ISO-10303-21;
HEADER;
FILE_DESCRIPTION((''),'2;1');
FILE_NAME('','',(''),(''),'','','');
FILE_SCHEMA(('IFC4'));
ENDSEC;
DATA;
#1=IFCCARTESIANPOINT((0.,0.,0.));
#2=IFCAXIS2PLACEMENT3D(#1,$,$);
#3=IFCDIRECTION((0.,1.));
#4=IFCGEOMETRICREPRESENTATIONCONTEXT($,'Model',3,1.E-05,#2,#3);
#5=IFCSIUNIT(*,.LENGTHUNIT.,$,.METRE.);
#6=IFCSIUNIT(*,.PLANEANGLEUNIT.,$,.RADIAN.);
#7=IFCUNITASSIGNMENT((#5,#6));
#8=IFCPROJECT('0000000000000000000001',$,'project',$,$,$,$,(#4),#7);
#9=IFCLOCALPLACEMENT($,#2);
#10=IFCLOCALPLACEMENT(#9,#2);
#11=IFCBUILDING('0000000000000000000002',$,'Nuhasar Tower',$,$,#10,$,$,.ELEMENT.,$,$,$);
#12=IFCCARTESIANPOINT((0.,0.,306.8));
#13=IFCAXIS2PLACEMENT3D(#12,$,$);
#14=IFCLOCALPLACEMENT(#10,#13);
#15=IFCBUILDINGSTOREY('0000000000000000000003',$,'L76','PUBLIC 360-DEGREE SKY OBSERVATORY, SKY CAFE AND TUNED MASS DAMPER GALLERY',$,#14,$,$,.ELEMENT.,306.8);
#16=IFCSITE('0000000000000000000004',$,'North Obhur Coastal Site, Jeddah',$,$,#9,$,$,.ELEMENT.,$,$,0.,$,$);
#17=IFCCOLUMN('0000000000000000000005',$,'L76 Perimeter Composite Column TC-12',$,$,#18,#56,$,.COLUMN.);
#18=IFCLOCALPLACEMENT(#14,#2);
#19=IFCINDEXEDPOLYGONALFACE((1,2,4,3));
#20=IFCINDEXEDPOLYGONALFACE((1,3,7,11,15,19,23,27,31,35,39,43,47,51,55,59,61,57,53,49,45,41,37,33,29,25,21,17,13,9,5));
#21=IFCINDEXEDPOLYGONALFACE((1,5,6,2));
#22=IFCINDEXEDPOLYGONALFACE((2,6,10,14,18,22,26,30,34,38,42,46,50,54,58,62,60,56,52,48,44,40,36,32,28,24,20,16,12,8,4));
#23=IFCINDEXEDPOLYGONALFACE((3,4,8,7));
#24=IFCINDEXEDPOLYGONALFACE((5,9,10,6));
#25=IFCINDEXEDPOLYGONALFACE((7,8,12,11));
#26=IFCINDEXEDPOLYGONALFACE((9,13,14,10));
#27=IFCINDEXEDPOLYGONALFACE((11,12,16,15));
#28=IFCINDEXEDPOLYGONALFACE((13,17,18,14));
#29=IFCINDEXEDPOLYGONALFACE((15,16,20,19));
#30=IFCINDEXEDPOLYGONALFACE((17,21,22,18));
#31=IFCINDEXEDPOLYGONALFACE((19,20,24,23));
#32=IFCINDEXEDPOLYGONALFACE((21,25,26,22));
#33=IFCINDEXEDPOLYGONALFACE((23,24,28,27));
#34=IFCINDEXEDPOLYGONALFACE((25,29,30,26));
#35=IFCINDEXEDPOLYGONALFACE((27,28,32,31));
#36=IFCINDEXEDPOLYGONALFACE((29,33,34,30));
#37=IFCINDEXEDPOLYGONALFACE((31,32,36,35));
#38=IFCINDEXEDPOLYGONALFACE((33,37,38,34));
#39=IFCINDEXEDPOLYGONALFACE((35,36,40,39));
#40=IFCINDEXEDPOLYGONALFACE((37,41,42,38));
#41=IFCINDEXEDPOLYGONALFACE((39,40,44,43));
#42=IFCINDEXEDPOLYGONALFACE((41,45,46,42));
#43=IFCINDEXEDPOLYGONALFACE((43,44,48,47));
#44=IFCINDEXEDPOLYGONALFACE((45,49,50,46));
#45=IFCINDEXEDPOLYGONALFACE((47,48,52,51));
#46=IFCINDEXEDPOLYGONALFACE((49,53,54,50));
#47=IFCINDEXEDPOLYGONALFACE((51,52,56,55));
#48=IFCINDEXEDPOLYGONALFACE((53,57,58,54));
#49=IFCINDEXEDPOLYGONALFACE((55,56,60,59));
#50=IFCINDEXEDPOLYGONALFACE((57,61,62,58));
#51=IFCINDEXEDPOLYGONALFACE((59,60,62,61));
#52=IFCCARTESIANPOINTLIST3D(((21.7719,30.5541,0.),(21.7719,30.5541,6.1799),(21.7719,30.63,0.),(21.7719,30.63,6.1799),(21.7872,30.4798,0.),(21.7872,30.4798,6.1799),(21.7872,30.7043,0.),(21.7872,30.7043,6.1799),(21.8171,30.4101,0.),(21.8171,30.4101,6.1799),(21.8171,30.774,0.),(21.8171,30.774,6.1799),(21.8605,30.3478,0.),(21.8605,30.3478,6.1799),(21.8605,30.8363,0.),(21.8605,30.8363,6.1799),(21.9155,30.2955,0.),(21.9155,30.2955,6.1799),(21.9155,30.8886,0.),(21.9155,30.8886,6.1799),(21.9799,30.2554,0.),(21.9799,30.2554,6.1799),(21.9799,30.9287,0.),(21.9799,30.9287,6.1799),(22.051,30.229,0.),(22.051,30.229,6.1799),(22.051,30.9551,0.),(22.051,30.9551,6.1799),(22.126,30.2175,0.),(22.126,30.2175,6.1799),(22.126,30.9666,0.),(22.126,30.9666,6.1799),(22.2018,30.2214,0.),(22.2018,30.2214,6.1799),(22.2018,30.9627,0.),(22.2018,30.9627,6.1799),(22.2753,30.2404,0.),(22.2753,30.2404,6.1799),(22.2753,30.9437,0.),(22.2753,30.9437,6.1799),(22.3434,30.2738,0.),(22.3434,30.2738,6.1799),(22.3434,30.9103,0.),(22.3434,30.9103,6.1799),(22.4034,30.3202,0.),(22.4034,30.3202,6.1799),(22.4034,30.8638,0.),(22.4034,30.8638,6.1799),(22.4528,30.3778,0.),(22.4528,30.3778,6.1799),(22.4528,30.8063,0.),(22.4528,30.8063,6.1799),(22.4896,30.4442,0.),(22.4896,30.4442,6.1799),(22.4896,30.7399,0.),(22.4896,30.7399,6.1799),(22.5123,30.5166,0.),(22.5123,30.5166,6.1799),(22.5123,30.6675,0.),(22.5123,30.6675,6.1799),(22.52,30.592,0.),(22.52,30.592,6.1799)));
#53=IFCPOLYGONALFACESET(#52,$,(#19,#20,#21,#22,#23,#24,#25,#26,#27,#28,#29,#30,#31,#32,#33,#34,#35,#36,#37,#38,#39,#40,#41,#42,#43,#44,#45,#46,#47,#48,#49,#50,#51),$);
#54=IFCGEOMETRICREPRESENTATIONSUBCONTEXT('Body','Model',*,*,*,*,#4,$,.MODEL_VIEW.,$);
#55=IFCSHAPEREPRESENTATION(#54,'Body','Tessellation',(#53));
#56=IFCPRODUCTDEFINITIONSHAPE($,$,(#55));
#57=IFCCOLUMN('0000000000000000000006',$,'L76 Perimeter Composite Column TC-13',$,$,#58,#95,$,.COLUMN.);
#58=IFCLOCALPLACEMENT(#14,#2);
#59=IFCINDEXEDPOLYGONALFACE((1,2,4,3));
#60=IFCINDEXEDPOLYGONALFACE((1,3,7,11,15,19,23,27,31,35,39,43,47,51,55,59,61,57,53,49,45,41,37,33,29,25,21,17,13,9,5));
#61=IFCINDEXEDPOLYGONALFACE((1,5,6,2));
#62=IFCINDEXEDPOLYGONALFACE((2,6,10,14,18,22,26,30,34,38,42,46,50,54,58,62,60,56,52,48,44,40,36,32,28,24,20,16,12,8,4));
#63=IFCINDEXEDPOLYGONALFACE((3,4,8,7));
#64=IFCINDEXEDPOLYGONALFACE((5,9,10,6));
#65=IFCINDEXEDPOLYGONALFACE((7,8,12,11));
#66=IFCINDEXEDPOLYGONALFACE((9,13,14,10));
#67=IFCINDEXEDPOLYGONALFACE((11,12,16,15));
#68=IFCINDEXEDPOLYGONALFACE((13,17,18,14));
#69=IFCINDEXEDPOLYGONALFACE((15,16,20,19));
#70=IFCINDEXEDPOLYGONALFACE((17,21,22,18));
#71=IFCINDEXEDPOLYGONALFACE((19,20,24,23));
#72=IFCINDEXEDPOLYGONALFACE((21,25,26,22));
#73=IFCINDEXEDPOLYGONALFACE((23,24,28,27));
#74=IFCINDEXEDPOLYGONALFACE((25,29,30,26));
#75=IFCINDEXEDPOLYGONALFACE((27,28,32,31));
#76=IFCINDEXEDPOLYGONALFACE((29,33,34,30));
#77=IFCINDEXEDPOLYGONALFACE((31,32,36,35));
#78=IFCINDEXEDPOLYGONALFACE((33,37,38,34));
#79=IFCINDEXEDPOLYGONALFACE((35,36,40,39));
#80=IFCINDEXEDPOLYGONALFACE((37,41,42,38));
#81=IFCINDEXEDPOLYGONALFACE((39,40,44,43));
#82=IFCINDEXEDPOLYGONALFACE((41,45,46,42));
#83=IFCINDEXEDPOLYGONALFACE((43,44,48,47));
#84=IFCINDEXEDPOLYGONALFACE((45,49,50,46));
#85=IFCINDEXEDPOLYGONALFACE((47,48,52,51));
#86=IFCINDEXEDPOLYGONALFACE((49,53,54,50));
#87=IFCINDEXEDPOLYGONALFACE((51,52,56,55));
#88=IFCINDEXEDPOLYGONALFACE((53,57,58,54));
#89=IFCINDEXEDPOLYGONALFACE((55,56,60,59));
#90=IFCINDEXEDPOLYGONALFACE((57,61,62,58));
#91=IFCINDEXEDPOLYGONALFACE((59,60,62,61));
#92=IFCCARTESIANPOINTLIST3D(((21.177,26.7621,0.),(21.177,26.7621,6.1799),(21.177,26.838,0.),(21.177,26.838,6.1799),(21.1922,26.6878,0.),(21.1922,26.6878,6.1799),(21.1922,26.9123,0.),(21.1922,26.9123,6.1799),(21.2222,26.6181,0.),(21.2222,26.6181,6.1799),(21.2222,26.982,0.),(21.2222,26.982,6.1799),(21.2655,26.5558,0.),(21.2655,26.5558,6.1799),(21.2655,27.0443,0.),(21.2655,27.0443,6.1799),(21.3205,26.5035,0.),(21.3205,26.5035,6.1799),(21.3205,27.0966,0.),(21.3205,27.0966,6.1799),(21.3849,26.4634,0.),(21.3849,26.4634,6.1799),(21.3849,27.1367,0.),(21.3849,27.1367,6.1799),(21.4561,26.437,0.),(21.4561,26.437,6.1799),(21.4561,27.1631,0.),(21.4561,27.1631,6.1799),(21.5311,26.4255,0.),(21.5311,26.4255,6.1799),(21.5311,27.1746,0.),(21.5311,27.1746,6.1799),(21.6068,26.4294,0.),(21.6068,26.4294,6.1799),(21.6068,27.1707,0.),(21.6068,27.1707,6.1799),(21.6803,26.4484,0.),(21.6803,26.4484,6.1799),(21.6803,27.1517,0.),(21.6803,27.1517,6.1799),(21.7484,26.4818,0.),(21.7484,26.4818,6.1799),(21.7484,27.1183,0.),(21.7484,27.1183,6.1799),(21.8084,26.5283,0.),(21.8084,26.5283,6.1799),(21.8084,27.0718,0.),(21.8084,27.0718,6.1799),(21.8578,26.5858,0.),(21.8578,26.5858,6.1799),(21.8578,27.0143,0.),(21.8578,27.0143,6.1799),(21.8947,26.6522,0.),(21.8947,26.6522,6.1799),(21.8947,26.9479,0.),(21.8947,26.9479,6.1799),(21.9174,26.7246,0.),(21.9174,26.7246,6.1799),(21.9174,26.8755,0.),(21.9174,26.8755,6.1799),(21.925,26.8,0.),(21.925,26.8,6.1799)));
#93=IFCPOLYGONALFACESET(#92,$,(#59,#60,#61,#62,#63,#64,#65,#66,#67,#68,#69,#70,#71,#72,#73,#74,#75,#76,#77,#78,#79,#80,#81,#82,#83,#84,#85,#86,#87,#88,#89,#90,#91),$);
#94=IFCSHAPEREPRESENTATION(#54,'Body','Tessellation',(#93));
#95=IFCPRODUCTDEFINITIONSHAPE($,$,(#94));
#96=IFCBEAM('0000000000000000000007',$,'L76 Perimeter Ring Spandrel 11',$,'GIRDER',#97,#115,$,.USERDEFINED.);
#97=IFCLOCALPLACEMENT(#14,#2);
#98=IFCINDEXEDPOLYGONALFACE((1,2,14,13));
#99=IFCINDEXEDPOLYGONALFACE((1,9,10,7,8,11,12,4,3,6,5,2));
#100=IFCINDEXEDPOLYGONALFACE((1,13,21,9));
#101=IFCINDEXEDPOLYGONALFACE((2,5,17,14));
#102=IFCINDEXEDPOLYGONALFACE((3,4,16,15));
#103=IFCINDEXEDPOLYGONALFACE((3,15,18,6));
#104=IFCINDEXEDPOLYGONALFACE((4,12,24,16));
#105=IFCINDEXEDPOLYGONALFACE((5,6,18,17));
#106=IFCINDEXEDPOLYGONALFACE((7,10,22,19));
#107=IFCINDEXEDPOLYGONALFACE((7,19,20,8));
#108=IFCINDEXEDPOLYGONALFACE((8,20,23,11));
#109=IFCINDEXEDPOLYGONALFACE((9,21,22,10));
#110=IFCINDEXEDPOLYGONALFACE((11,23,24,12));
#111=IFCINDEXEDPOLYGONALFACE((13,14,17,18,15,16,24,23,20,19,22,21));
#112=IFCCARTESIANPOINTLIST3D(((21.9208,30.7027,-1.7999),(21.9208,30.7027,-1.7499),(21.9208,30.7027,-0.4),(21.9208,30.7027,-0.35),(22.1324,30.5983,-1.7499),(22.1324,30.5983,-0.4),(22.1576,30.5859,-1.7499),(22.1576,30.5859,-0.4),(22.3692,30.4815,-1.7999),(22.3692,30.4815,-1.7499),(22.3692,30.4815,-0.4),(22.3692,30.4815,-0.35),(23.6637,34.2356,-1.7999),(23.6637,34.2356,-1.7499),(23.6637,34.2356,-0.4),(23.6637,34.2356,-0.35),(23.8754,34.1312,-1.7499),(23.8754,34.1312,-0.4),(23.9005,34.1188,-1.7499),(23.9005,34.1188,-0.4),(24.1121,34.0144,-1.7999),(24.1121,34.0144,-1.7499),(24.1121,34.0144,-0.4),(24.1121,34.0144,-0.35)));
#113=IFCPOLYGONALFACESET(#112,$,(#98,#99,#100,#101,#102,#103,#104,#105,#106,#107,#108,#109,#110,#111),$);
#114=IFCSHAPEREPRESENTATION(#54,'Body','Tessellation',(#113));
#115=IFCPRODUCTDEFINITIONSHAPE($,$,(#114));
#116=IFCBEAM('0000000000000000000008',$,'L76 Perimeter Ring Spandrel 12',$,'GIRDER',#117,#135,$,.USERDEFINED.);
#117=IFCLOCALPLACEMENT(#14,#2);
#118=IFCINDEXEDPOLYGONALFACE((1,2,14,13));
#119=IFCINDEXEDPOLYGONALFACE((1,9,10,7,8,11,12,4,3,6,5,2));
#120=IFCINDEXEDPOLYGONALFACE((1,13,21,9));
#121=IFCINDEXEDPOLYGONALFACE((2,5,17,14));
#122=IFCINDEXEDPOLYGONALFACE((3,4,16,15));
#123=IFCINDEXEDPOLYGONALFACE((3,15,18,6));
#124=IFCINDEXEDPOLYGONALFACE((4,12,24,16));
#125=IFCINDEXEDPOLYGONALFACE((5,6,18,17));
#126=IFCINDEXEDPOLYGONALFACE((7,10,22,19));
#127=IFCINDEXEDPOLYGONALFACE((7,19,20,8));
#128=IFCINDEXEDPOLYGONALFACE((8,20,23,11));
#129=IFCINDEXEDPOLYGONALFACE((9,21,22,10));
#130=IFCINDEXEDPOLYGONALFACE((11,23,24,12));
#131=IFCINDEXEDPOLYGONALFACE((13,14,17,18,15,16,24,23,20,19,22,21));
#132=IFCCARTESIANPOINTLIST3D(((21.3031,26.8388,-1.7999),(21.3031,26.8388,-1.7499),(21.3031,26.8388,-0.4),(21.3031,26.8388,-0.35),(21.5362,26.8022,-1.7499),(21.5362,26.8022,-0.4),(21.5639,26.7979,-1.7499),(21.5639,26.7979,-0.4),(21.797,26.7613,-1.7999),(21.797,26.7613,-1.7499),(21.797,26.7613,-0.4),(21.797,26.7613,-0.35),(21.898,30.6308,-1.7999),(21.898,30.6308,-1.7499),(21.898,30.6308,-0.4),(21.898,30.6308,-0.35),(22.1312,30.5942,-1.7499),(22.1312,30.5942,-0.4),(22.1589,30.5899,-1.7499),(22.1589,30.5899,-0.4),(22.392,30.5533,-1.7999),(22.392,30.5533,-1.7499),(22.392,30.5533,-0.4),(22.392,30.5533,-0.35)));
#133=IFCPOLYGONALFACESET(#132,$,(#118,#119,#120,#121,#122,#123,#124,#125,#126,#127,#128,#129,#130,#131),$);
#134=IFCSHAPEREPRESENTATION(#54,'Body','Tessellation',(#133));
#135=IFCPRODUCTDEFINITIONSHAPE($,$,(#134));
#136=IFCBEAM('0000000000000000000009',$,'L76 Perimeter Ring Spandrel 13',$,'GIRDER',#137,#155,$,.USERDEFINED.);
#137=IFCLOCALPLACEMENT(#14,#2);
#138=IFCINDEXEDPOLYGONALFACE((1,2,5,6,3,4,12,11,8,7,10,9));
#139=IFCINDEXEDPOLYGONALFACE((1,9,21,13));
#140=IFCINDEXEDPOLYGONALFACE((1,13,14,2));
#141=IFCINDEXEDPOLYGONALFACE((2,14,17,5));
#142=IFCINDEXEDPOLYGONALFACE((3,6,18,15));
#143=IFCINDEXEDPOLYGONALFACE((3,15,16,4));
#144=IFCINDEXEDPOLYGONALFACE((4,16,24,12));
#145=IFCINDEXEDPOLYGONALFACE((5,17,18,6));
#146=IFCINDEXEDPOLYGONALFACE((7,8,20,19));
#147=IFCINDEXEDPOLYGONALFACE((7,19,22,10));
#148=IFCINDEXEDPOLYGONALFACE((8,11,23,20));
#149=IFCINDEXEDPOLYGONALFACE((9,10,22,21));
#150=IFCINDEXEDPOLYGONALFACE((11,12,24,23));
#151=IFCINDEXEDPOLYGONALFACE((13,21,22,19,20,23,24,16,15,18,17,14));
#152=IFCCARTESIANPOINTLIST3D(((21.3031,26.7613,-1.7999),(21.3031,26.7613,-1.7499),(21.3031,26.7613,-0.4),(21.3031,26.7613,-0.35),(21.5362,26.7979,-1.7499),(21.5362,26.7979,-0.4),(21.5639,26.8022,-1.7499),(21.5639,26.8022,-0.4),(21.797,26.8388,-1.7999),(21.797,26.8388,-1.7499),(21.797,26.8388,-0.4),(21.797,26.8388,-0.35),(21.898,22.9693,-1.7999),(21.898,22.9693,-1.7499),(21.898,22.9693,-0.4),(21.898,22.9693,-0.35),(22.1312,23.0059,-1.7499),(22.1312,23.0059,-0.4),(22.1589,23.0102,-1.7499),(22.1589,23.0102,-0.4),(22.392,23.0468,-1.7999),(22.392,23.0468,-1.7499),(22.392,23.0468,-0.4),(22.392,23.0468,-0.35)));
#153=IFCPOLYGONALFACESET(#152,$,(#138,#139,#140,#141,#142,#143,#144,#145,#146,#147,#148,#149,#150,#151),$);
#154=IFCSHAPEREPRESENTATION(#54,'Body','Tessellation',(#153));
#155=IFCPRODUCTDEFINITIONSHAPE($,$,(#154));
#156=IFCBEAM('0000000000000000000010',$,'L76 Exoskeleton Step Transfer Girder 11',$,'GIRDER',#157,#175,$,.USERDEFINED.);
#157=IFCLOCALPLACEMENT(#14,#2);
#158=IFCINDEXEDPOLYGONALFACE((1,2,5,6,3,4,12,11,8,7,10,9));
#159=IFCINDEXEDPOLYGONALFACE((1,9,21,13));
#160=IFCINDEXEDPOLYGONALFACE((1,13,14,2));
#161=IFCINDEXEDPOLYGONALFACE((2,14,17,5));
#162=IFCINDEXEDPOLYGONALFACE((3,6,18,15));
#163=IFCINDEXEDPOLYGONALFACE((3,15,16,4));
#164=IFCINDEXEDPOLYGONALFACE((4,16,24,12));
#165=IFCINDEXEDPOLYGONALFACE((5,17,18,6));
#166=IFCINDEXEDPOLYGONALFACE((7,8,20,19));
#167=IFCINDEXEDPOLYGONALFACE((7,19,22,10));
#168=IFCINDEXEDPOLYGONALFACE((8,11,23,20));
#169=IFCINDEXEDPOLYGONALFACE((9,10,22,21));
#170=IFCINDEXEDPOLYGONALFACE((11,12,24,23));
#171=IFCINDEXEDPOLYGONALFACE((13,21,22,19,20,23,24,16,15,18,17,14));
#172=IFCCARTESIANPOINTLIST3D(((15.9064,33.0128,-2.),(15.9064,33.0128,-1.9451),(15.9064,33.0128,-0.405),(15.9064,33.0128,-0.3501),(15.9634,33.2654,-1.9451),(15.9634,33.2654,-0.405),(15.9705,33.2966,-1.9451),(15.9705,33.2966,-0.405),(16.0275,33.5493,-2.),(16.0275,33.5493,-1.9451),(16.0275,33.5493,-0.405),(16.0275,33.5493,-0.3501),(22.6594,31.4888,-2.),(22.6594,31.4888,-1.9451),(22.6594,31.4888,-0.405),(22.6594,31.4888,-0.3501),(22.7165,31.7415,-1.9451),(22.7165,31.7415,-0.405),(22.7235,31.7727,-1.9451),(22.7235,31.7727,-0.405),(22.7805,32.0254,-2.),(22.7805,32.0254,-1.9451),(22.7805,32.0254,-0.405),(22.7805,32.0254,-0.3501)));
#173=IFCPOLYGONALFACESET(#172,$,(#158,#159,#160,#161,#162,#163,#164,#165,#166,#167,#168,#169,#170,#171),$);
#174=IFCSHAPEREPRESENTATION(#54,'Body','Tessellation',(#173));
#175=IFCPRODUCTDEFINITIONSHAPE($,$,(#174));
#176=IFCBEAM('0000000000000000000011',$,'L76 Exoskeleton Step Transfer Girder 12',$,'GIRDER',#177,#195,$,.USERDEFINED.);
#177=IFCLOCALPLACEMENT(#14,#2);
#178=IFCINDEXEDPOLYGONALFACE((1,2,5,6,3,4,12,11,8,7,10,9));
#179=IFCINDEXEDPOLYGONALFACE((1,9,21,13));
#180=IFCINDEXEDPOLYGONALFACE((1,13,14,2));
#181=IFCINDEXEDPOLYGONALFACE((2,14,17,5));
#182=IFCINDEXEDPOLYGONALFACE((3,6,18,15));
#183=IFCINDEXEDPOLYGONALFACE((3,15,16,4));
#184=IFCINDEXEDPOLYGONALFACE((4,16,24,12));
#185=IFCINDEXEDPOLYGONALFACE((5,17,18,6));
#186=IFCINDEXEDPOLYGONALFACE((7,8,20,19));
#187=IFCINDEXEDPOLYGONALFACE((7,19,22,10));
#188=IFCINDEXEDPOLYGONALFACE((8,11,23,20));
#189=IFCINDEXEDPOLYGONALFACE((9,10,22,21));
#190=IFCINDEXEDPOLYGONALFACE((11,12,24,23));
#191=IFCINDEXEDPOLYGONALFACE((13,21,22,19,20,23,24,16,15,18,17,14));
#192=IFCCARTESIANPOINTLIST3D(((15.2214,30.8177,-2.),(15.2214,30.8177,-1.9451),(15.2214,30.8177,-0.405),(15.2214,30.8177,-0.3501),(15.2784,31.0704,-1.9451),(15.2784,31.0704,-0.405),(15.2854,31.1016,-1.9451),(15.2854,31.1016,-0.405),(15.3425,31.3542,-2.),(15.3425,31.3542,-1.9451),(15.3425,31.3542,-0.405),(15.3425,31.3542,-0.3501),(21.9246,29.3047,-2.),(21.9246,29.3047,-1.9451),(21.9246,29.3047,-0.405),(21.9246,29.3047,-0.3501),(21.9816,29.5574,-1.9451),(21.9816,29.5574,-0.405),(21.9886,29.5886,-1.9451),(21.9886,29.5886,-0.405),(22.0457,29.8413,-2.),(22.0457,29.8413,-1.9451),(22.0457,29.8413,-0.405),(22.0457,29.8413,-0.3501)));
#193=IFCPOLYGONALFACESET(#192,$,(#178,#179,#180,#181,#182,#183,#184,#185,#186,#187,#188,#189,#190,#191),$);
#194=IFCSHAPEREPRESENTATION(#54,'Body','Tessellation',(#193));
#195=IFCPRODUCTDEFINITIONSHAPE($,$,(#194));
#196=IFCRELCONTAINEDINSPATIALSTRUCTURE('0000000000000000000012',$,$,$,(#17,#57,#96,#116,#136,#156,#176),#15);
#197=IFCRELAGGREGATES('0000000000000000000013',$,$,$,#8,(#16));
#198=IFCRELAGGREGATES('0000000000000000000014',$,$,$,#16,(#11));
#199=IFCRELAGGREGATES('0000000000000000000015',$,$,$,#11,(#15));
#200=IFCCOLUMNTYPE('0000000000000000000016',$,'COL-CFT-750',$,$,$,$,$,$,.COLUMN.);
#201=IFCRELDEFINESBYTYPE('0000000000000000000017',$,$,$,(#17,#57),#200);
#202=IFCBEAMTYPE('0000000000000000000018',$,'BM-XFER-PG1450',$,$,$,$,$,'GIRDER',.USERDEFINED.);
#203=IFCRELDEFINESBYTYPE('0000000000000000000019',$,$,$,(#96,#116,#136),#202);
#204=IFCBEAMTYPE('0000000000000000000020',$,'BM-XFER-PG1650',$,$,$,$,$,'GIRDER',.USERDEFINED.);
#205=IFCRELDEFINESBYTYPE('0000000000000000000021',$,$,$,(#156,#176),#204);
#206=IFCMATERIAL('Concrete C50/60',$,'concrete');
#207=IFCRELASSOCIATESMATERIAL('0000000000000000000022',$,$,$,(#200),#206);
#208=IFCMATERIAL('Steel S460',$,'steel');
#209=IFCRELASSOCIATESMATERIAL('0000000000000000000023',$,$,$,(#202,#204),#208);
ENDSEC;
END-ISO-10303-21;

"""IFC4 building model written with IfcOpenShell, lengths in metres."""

from ifc_helpers import new_model, si_unit, direction, frame, origin, origin_2d, place, context, subcontext, project, spatial, circle, i_section, extrude, material, material_profile, profile_set, type_object, element, save


model = new_model("IFC4")

# Units and contexts
model_context = context("Model", 3, precision=1e-05, world=origin(), true_north=direction((0.0, 1.0)))
body_context = subcontext(model_context, "Body", "Model", "MODEL_VIEW")
ifc_project = project(units=[si_unit("LENGTHUNIT", "METRE"), si_unit("PLANEANGLEUNIT", "RADIAN")], contexts=[model_context])

# Site, building, storey
site_placement = place(None, origin())
site = spatial("IfcSite", under=ifc_project, at=site_placement, Name="North Obhur Coastal Site, Jeddah", CompositionType="ELEMENT", RefElevation=0.0)
building_placement = place(site_placement, origin())
building = spatial("IfcBuilding", under=site, at=building_placement, Name="Nuhasar Tower", CompositionType="ELEMENT")
storey_placement = place(building_placement, frame((0.0, 0.0, 306.8)))
storey = spatial("IfcBuildingStorey", under=building, at=storey_placement, Name="L76", Description="PUBLIC 360-DEGREE SKY OBSERVATORY, SKY CAFE AND TUNED MASS DAMPER GALLERY", CompositionType="ELEMENT", Elevation=306.8)

# Columns
ifc_material_1 = material(Name="Concrete C50/60", Category="concrete")
ifc_material_profile_1 = material_profile(ifc_material_1, circle(Radius=0.375, at=origin_2d()), Name="CFT750")
ifc_profile_set_1 = profile_set([ifc_material_profile_1], Name="Concrete C50/60")
column_type = type_object("IfcColumnType", Name="COL-CFT-750", PredefinedType="COLUMN", material=ifc_profile_set_1)
for number, where, z_axis, x_axis, name in (
    (1, (22.145, 30.592, 0.0), (0.0, 0.0, 1.0), (1.0, 0.0, 0.0), "L76 Perimeter Composite Column TC-12"),
    (2, (21.55, 26.8, 0.0), (0.0, 0.0, 1.0), (1.0, 0.0, 0.0), "L76 Perimeter Composite Column TC-13"),
):
    element("IfcColumn", number, at=place(storey_placement, frame(where, z_axis=z_axis, x_axis=x_axis)), inside=storey, type_object=column_type, Name=name, PredefinedType="COLUMN", context=body_context, shape_type="SweptSolid", body=[
        extrude(circle(Radius=0.375, at=origin_2d()), origin(), (0.0, 0.0, 1.0), 6.1799),
    ])

# Beams
ifc_material_2 = material(Name="Steel S460", Category="steel")
ifc_material_profile_2 = material_profile(ifc_material_2, i_section(OverallWidth=0.5, OverallDepth=1.45, WebThickness=0.0281, FlangeThickness=0.05, at=origin_2d()), Name="PG1450X500")
ifc_profile_set_2 = profile_set([ifc_material_profile_2], Name="Steel S460")
beam_type_1 = type_object("IfcBeamType", Name="BM-XFER-PG1450", ElementType="GIRDER", PredefinedType="USERDEFINED", material=ifc_profile_set_2)
beam_1_placement = place(storey_placement, frame((23.8879, 34.125, -1.075), z_axis=(-0.442423, -0.896807, 0.0), x_axis=(0.896807, -0.442423, 0.0)))
element("IfcBeam", 3, at=beam_1_placement, inside=storey, type_object=beam_type_1, Name="L76 Perimeter Ring Spandrel 11", ObjectType="GIRDER", PredefinedType="USERDEFINED", context=body_context, shape_type="SweptSolid", body=[
    extrude(i_section(OverallWidth=0.5, OverallDepth=1.45, WebThickness=0.0281, FlangeThickness=0.05, at=origin_2d()), origin(), (0.0, 0.0, 1.0), 3.9395),
])
for number, where, z_axis, x_axis, name in (
    (4, (22.145, 30.592, -1.075), (-0.155006, -0.987914, 0.0), (0.987914, -0.155006, 0.0), "L76 Perimeter Ring Spandrel 12"),
    (5, (21.55, 26.8, -1.075), (0.155006, -0.987914, 0.0), (0.987914, 0.155006, 0.0), "L76 Perimeter Ring Spandrel 13"),
):
    element("IfcBeam", number, at=place(storey_placement, frame(where, z_axis=z_axis, x_axis=x_axis)), inside=storey, type_object=beam_type_1, Name=name, ObjectType="GIRDER", PredefinedType="USERDEFINED", context=body_context, shape_type="SweptSolid", body=[
        extrude(i_section(OverallWidth=0.5, OverallDepth=1.45, WebThickness=0.0281, FlangeThickness=0.05, at=origin_2d()), origin(), (0.0, 0.0, 1.0), 3.8384),
    ])
ifc_material_profile_3 = material_profile(ifc_material_2, i_section(OverallWidth=0.55, OverallDepth=1.6499, WebThickness=0.032, FlangeThickness=0.0549, at=origin_2d()), Name="PG1650X550")
ifc_profile_set_3 = profile_set([ifc_material_profile_3], Name="Steel S460")
beam_type_2 = type_object("IfcBeamType", Name="BM-XFER-PG1650", ElementType="GIRDER", PredefinedType="USERDEFINED", material=ifc_profile_set_3)
beam_2_placement = place(storey_placement, frame((22.72, 31.7571, -1.175), z_axis=(-0.97547, 0.220133, 0.0), x_axis=(-0.220133, -0.97547, 0.0)))
element("IfcBeam", 6, at=beam_2_placement, inside=storey, type_object=beam_type_2, Name="L76 Exoskeleton Step Transfer Girder 11", ObjectType="GIRDER", PredefinedType="USERDEFINED", context=body_context, shape_type="SweptSolid", body=[
    extrude(i_section(OverallWidth=0.55, OverallDepth=1.6499, WebThickness=0.032, FlangeThickness=0.0549, at=origin_2d()), origin(), (0.0, 0.0, 1.0), 6.9229),
])
beam_3_placement = place(storey_placement, frame((21.9851, 29.573, -1.175), z_axis=(-0.975462, 0.220168, 0.0), x_axis=(-0.220168, -0.975462, 0.0)))
element("IfcBeam", 7, at=beam_3_placement, inside=storey, type_object=beam_type_2, Name="L76 Exoskeleton Step Transfer Girder 12", ObjectType="GIRDER", PredefinedType="USERDEFINED", context=body_context, shape_type="SweptSolid", body=[
    extrude(i_section(OverallWidth=0.55, OverallDepth=1.6499, WebThickness=0.032, FlangeThickness=0.0549, at=origin_2d()), origin(), (0.0, 0.0, 1.0), 6.8718),
])

save(model, "model.ifc")
